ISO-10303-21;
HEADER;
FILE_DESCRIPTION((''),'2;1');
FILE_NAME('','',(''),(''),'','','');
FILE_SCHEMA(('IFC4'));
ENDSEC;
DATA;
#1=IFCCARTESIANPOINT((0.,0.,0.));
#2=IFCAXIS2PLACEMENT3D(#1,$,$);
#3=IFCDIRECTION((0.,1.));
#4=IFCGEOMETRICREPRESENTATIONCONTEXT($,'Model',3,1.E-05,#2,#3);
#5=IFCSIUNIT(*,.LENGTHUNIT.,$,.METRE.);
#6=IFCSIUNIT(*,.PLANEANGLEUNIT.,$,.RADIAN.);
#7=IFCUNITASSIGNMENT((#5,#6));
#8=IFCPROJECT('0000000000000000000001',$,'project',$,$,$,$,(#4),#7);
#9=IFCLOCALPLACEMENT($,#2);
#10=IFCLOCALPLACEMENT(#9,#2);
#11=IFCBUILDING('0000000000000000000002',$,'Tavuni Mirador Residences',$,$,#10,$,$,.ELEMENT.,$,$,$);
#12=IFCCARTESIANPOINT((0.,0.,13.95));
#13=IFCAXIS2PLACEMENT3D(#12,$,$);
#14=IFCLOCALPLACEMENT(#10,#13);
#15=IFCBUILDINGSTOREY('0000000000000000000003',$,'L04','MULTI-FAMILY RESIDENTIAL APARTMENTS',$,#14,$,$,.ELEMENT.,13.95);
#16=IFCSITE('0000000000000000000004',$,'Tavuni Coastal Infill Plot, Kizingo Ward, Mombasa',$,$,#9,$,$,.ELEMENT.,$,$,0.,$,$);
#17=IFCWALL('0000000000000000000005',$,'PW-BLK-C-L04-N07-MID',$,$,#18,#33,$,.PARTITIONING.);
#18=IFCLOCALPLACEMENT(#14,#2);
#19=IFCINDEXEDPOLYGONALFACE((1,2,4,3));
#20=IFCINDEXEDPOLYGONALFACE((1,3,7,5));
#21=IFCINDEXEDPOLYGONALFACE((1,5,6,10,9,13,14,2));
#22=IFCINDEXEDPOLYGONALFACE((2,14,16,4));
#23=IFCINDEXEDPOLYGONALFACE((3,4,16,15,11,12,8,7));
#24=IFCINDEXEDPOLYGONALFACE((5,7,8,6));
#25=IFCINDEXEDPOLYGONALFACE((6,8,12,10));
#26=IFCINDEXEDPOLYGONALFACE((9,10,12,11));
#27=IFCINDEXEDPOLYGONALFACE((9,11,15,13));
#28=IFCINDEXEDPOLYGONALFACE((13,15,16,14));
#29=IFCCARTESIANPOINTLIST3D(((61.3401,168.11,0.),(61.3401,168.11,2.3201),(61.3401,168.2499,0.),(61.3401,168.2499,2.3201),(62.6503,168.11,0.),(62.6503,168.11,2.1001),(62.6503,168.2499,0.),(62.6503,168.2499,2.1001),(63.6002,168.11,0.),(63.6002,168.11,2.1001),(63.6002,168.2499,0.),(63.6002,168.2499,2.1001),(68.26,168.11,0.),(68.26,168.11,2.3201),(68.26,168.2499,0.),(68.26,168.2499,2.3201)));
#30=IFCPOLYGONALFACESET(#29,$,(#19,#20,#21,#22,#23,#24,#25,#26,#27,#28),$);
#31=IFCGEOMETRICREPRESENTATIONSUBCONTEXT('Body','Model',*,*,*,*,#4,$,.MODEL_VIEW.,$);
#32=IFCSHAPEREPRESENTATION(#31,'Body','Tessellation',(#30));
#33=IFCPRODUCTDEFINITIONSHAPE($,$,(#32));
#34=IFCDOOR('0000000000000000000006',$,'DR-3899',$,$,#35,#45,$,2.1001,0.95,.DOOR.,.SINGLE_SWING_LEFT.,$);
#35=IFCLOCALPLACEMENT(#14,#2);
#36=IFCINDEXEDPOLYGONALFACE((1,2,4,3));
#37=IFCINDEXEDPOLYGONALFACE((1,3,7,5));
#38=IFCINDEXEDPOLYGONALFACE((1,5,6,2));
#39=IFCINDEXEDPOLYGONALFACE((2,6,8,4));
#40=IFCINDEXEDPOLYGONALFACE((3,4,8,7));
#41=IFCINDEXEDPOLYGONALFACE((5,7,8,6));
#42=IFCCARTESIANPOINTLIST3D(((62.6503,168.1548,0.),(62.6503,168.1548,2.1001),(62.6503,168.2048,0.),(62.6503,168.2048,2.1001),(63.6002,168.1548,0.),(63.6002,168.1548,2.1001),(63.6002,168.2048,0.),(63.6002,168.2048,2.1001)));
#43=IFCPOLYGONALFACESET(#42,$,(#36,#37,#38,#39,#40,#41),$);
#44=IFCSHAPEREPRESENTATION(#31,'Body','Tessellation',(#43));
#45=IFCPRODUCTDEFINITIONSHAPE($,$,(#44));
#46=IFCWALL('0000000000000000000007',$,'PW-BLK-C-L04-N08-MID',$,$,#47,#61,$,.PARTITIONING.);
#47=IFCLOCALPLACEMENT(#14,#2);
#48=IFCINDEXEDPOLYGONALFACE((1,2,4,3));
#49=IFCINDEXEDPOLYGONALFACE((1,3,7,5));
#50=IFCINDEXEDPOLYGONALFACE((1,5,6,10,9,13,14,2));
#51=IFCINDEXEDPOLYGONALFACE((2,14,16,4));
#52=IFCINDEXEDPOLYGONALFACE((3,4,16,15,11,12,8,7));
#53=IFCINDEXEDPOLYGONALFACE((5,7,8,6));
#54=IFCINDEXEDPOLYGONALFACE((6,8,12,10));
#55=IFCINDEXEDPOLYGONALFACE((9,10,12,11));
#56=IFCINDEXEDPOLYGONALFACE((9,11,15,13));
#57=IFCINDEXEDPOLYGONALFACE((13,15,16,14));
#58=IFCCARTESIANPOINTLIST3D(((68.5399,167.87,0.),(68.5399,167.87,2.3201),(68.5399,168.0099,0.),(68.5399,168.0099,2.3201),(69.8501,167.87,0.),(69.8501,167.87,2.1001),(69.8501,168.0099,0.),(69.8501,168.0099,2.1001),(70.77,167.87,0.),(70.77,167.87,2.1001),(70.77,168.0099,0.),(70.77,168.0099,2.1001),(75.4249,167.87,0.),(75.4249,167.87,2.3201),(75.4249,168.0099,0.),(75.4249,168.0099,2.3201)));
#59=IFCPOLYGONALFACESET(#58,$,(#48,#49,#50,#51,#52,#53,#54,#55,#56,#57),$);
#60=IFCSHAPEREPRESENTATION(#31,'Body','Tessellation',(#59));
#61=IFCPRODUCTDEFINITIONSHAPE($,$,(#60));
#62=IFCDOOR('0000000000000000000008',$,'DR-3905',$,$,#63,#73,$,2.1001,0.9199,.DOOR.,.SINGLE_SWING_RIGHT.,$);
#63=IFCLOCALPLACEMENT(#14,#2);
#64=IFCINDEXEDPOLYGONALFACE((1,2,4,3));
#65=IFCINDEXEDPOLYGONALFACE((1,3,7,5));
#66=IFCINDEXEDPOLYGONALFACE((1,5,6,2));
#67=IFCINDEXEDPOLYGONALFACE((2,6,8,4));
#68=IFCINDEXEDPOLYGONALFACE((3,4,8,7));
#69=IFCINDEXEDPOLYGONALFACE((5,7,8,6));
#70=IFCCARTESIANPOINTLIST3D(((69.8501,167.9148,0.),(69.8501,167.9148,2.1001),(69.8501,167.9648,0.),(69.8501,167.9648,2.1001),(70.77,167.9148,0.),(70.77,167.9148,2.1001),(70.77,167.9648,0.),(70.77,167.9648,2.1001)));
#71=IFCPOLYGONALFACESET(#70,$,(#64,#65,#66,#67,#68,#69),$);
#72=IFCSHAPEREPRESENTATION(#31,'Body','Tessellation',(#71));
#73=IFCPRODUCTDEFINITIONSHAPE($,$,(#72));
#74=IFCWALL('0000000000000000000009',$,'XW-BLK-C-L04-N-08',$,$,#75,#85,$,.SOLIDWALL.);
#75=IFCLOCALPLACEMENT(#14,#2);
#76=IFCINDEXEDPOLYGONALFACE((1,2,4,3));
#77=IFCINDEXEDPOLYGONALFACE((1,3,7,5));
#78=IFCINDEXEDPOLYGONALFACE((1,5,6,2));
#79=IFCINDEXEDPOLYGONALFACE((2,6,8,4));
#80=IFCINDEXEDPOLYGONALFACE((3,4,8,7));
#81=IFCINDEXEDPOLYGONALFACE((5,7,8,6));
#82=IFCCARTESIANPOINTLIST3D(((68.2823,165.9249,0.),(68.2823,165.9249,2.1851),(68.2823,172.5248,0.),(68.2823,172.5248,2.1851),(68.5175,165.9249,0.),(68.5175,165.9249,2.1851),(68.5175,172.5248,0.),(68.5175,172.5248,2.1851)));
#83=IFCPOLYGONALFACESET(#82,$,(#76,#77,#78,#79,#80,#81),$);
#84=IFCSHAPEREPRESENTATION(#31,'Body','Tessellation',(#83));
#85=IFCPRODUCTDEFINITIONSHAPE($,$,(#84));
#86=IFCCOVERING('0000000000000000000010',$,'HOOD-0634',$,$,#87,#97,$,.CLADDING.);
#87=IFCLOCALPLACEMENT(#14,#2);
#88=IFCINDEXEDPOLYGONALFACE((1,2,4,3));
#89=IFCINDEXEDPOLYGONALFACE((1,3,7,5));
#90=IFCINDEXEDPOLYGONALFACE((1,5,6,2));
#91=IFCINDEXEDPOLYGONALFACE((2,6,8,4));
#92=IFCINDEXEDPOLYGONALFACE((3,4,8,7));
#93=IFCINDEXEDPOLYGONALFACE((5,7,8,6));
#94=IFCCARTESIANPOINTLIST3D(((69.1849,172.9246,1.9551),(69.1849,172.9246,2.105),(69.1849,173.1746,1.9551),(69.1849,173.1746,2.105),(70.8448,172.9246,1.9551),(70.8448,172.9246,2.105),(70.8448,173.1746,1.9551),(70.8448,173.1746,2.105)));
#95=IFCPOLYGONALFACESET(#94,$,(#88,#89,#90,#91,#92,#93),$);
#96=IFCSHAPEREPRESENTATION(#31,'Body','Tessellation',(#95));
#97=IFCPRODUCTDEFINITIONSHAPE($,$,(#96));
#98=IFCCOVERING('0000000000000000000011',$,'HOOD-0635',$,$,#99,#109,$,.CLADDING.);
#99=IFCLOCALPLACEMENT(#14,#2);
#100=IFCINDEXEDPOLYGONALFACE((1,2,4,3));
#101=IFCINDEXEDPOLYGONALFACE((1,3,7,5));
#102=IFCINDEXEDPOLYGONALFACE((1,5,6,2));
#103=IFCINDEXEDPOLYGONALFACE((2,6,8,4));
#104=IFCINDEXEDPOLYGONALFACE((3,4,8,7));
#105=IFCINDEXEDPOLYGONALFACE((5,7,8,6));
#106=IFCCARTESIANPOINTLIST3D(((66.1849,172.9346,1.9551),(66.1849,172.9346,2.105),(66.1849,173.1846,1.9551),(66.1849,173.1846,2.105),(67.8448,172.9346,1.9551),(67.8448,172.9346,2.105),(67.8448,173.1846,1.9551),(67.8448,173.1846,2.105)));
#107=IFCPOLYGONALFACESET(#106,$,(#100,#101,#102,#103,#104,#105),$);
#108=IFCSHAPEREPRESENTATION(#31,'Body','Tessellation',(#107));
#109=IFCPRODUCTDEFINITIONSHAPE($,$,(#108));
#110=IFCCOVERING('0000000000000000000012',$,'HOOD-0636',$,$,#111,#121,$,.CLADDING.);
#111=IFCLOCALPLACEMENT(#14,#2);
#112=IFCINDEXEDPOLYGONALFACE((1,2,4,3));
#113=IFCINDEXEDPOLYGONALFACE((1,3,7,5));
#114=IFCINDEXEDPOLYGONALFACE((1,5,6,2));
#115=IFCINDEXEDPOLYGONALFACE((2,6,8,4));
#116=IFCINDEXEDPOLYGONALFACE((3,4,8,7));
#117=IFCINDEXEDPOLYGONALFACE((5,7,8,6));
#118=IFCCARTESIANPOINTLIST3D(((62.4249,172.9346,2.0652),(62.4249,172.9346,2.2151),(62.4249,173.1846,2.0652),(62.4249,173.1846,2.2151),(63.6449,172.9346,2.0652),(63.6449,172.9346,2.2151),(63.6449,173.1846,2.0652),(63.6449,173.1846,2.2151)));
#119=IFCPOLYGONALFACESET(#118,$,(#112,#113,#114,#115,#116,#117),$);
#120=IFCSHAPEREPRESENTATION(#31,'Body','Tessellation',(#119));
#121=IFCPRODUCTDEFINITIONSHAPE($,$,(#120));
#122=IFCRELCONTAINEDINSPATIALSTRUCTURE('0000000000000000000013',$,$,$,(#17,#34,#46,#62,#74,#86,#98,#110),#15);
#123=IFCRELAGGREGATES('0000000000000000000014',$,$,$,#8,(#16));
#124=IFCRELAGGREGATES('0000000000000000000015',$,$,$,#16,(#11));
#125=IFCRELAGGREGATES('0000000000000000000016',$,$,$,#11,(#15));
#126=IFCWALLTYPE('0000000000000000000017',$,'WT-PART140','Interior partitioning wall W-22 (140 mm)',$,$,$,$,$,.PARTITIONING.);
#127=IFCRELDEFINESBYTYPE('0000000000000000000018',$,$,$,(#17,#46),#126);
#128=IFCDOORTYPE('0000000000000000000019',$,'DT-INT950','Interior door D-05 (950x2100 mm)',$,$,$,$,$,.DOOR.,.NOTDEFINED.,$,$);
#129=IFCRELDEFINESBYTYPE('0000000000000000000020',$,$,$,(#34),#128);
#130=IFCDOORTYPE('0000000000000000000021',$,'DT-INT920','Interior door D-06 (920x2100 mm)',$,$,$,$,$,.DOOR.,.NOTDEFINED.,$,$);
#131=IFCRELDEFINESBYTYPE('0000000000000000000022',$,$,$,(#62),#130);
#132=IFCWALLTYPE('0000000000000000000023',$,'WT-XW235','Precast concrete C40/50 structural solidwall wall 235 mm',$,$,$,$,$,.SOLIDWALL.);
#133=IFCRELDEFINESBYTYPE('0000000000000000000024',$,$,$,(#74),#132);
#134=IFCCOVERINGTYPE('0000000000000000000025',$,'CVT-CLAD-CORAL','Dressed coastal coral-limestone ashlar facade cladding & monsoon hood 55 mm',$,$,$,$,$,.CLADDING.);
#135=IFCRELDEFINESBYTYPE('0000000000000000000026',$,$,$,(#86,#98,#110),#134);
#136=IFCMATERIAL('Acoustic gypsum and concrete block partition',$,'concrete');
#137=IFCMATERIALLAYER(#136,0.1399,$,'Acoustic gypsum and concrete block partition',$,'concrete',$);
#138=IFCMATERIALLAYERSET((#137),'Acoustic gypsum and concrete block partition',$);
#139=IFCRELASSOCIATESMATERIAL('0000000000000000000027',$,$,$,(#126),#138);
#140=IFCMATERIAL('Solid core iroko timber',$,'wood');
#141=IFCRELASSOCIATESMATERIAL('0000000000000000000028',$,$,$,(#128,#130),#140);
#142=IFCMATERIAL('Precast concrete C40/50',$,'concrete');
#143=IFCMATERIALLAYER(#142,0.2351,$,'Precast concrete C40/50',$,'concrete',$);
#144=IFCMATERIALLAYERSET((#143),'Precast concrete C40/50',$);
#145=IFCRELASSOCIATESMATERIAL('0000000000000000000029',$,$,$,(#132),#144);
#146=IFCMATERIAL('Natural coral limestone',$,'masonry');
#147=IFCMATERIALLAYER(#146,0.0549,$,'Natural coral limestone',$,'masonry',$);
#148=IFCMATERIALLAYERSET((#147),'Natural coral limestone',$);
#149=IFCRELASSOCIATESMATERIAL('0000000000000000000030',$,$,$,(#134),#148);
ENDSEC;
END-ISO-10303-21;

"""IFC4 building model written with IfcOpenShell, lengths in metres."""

from ifc_helpers import new_model, si_unit, direction, frame, frame_2d, origin, origin_2d, place, context, subcontext, project, spatial, rectangle, extrude, material, layer, layer_set, type_object, element, fill, save


model = new_model("IFC4")

# Units and contexts
model_context = context("Model", 3, precision=1e-05, world=origin(), true_north=direction((0.0, 1.0)))
body_context = subcontext(model_context, "Body", "Model", "MODEL_VIEW")
ifc_project = project(units=[si_unit("LENGTHUNIT", "METRE"), si_unit("PLANEANGLEUNIT", "RADIAN")], contexts=[model_context])

# Site, building, storey
site_placement = place(None, origin())
site = spatial("IfcSite", under=ifc_project, at=site_placement, Name="Tavuni Coastal Infill Plot, Kizingo Ward, Mombasa", CompositionType="ELEMENT", RefElevation=0.0)
building_placement = place(site_placement, origin())
building = spatial("IfcBuilding", under=site, at=building_placement, Name="Tavuni Mirador Residences", CompositionType="ELEMENT")
storey_placement = place(building_placement, frame((0.0, 0.0, 13.95)))
storey = spatial("IfcBuildingStorey", under=building, at=storey_placement, Name="L04", Description="MULTI-FAMILY RESIDENTIAL APARTMENTS", CompositionType="ELEMENT", Elevation=13.95)

# Shared definitions
ifc_material_1 = material(Name="Precast concrete C40/50", Category="concrete")

# Walls, openings, doors
ifc_material_2 = material(Name="Acoustic gypsum and concrete block partition", Category="concrete")
ifc_material_3 = material(Name="Solid core iroko timber", Category="wood")
ifc_layer_1 = layer(ifc_material_2, 0.1399, Name="Acoustic gypsum and concrete block partition", Category="concrete")
ifc_layer_set_1 = layer_set([ifc_layer_1], Name="Acoustic gypsum and concrete block partition")
wall_type_1 = type_object("IfcWallType", Name="WT-PART140", Description="Interior partitioning wall W-22 (140 mm)", PredefinedType="PARTITIONING", material=ifc_layer_set_1)
wall_1_placement = place(storey_placement, frame((61.3401, 168.1799, 0.0), z_axis=(0.0, 0.0, 1.0), x_axis=(1.0, 0.0, 0.0)))
wall_1 = element("IfcWall", 1, at=wall_1_placement, inside=storey, type_object=wall_type_1, Name="PW-BLK-C-L04-N07-MID", PredefinedType="PARTITIONING", context=body_context, shape_type="SweptSolid", body=[
    extrude(rectangle(XDim=6.9199, YDim=0.1399, at=frame_2d((3.46, 0.0))), origin(), (0.0, 0.0, 1.0), 2.3201),
])
opening_1_placement = place(wall_1_placement, frame((1.3101, 0.0, 0.0)))
opening_1 = element("IfcOpeningElement", 2, at=opening_1_placement, cuts=wall_1, PredefinedType="OPENING", context=body_context, shape_type="SweptSolid", body=[
    extrude(rectangle(XDim=0.95, YDim=2.1001, at=frame_2d((0.4751, 1.05))), frame((0.0, 0.0801, 0.0), z_axis=(0.0, -1.0, 0.0), x_axis=(1.0, 0.0, 0.0)), (0.0, 0.0, 1.0), 0.1599),
])
door_type_1 = type_object("IfcDoorType", Name="DT-INT950", Description="Interior door D-05 (950x2100 mm)", OperationType="NOTDEFINED", PredefinedType="DOOR", material=ifc_material_3)
door_1_placement = place(opening_1_placement, origin())
door_1 = element("IfcDoor", 3, at=door_1_placement, inside=storey, type_object=door_type_1, Name="DR-3899", OperationType="SINGLE_SWING_LEFT", OverallHeight=2.1001, OverallWidth=0.95, PredefinedType="DOOR", context=body_context, shape_type="SweptSolid", body=[
    extrude(rectangle(XDim=0.95, YDim=2.1001, at=frame_2d((0.4751, 1.05))), frame((0.0, 0.0249, 0.0), z_axis=(0.0, -1.0, 0.0), x_axis=(1.0, 0.0, 0.0)), (0.0, 0.0, 1.0), 0.05),
])
fill(opening_1, door_1)
wall_2_placement = place(storey_placement, frame((68.54, 167.9399, 0.0), z_axis=(0.0, 0.0, 1.0), x_axis=(1.0, 0.0, 0.0)))
wall_2 = element("IfcWall", 4, at=wall_2_placement, inside=storey, type_object=wall_type_1, Name="PW-BLK-C-L04-N08-MID", PredefinedType="PARTITIONING", context=body_context, shape_type="SweptSolid", body=[
    extrude(rectangle(XDim=6.885, YDim=0.1399, at=frame_2d((3.4424, 0.0))), origin(), (0.0, 0.0, 1.0), 2.3201),
])
opening_2_placement = place(wall_2_placement, frame((1.3101, 0.0, 0.0)))
opening_2 = element("IfcOpeningElement", 5, at=opening_2_placement, cuts=wall_2, PredefinedType="OPENING", context=body_context, shape_type="SweptSolid", body=[
    extrude(rectangle(XDim=0.9199, YDim=2.1001, at=frame_2d((0.46, 1.05))), frame((0.0, 0.0801, 0.0), z_axis=(0.0, -1.0, 0.0), x_axis=(1.0, 0.0, 0.0)), (0.0, 0.0, 1.0), 0.1599),
])
door_type_2 = type_object("IfcDoorType", Name="DT-INT920", Description="Interior door D-06 (920x2100 mm)", OperationType="NOTDEFINED", PredefinedType="DOOR", material=ifc_material_3)
door_2_placement = place(opening_2_placement, origin())
door_2 = element("IfcDoor", 6, at=door_2_placement, inside=storey, type_object=door_type_2, Name="DR-3905", OperationType="SINGLE_SWING_RIGHT", OverallHeight=2.1001, OverallWidth=0.9199, PredefinedType="DOOR", context=body_context, shape_type="SweptSolid", body=[
    extrude(rectangle(XDim=0.9199, YDim=2.1001, at=frame_2d((0.46, 1.05))), frame((0.0, 0.0249, 0.0), z_axis=(0.0, -1.0, 0.0), x_axis=(1.0, 0.0, 0.0)), (0.0, 0.0, 1.0), 0.05),
])
fill(opening_2, door_2)

# Wall
ifc_layer_2 = layer(ifc_material_1, 0.2351, Name="Precast concrete C40/50", Category="concrete")
ifc_layer_set_2 = layer_set([ifc_layer_2], Name="Precast concrete C40/50")
wall_type_2 = type_object("IfcWallType", Name="WT-XW235", Description="Precast concrete C40/50 structural solidwall wall 235 mm", PredefinedType="SOLIDWALL", material=ifc_layer_set_2)
wall_3_placement = place(storey_placement, frame((68.3999, 165.925, 0.0), z_axis=(0.0, 0.0, 1.0), x_axis=(0.0, 1.0, 0.0)))
element("IfcWall", 7, at=wall_3_placement, inside=storey, type_object=wall_type_2, Name="XW-BLK-C-L04-N-08", PredefinedType="SOLIDWALL", context=body_context, shape_type="SweptSolid", body=[
    extrude(rectangle(XDim=6.5999, YDim=0.2351, at=frame_2d((3.2998, 0.0))), origin(), (0.0, 0.0, 1.0), 2.1851),
])

# Coverings
ifc_material_4 = material(Name="Natural coral limestone", Category="masonry")
ifc_layer_3 = layer(ifc_material_4, 0.0549, Name="Natural coral limestone", Category="masonry")
ifc_layer_set_3 = layer_set([ifc_layer_3], Name="Natural coral limestone")
covering_type = type_object("IfcCoveringType", Name="CVT-CLAD-CORAL", Description="Dressed coastal coral-limestone ashlar facade cladding & monsoon hood 55 mm", PredefinedType="CLADDING", material=ifc_layer_set_3)
for number, where, z_axis, x_axis, name in (
    (8, (70.0149, 173.0496, 1.9551), (0.0, 0.0, 1.0), (-1.0, 0.0, 0.0), "HOOD-0634"),
    (9, (67.0149, 173.0596, 1.9551), (0.0, 0.0, 1.0), (-1.0, 0.0, 0.0), "HOOD-0635"),
):
    element("IfcCovering", number, at=place(storey_placement, frame(where, z_axis=z_axis, x_axis=x_axis)), inside=storey, type_object=covering_type, Name=name, PredefinedType="CLADDING", context=body_context, shape_type="SweptSolid", body=[
        extrude(rectangle(XDim=1.6599, YDim=0.25, at=origin_2d()), origin(), (0.0, 0.0, 1.0), 0.1499),
    ])
covering_placement = place(storey_placement, frame((63.0349, 173.0596, 2.0652), z_axis=(0.0, 0.0, 1.0), x_axis=(-1.0, 0.0, 0.0)))
element("IfcCovering", 10, at=covering_placement, inside=storey, type_object=covering_type, Name="HOOD-0636", PredefinedType="CLADDING", context=body_context, shape_type="SweptSolid", body=[
    extrude(rectangle(XDim=1.22, YDim=0.25, at=origin_2d()), origin(), (0.0, 0.0, 1.0), 0.1499),
])

save(model, "model.ifc")
